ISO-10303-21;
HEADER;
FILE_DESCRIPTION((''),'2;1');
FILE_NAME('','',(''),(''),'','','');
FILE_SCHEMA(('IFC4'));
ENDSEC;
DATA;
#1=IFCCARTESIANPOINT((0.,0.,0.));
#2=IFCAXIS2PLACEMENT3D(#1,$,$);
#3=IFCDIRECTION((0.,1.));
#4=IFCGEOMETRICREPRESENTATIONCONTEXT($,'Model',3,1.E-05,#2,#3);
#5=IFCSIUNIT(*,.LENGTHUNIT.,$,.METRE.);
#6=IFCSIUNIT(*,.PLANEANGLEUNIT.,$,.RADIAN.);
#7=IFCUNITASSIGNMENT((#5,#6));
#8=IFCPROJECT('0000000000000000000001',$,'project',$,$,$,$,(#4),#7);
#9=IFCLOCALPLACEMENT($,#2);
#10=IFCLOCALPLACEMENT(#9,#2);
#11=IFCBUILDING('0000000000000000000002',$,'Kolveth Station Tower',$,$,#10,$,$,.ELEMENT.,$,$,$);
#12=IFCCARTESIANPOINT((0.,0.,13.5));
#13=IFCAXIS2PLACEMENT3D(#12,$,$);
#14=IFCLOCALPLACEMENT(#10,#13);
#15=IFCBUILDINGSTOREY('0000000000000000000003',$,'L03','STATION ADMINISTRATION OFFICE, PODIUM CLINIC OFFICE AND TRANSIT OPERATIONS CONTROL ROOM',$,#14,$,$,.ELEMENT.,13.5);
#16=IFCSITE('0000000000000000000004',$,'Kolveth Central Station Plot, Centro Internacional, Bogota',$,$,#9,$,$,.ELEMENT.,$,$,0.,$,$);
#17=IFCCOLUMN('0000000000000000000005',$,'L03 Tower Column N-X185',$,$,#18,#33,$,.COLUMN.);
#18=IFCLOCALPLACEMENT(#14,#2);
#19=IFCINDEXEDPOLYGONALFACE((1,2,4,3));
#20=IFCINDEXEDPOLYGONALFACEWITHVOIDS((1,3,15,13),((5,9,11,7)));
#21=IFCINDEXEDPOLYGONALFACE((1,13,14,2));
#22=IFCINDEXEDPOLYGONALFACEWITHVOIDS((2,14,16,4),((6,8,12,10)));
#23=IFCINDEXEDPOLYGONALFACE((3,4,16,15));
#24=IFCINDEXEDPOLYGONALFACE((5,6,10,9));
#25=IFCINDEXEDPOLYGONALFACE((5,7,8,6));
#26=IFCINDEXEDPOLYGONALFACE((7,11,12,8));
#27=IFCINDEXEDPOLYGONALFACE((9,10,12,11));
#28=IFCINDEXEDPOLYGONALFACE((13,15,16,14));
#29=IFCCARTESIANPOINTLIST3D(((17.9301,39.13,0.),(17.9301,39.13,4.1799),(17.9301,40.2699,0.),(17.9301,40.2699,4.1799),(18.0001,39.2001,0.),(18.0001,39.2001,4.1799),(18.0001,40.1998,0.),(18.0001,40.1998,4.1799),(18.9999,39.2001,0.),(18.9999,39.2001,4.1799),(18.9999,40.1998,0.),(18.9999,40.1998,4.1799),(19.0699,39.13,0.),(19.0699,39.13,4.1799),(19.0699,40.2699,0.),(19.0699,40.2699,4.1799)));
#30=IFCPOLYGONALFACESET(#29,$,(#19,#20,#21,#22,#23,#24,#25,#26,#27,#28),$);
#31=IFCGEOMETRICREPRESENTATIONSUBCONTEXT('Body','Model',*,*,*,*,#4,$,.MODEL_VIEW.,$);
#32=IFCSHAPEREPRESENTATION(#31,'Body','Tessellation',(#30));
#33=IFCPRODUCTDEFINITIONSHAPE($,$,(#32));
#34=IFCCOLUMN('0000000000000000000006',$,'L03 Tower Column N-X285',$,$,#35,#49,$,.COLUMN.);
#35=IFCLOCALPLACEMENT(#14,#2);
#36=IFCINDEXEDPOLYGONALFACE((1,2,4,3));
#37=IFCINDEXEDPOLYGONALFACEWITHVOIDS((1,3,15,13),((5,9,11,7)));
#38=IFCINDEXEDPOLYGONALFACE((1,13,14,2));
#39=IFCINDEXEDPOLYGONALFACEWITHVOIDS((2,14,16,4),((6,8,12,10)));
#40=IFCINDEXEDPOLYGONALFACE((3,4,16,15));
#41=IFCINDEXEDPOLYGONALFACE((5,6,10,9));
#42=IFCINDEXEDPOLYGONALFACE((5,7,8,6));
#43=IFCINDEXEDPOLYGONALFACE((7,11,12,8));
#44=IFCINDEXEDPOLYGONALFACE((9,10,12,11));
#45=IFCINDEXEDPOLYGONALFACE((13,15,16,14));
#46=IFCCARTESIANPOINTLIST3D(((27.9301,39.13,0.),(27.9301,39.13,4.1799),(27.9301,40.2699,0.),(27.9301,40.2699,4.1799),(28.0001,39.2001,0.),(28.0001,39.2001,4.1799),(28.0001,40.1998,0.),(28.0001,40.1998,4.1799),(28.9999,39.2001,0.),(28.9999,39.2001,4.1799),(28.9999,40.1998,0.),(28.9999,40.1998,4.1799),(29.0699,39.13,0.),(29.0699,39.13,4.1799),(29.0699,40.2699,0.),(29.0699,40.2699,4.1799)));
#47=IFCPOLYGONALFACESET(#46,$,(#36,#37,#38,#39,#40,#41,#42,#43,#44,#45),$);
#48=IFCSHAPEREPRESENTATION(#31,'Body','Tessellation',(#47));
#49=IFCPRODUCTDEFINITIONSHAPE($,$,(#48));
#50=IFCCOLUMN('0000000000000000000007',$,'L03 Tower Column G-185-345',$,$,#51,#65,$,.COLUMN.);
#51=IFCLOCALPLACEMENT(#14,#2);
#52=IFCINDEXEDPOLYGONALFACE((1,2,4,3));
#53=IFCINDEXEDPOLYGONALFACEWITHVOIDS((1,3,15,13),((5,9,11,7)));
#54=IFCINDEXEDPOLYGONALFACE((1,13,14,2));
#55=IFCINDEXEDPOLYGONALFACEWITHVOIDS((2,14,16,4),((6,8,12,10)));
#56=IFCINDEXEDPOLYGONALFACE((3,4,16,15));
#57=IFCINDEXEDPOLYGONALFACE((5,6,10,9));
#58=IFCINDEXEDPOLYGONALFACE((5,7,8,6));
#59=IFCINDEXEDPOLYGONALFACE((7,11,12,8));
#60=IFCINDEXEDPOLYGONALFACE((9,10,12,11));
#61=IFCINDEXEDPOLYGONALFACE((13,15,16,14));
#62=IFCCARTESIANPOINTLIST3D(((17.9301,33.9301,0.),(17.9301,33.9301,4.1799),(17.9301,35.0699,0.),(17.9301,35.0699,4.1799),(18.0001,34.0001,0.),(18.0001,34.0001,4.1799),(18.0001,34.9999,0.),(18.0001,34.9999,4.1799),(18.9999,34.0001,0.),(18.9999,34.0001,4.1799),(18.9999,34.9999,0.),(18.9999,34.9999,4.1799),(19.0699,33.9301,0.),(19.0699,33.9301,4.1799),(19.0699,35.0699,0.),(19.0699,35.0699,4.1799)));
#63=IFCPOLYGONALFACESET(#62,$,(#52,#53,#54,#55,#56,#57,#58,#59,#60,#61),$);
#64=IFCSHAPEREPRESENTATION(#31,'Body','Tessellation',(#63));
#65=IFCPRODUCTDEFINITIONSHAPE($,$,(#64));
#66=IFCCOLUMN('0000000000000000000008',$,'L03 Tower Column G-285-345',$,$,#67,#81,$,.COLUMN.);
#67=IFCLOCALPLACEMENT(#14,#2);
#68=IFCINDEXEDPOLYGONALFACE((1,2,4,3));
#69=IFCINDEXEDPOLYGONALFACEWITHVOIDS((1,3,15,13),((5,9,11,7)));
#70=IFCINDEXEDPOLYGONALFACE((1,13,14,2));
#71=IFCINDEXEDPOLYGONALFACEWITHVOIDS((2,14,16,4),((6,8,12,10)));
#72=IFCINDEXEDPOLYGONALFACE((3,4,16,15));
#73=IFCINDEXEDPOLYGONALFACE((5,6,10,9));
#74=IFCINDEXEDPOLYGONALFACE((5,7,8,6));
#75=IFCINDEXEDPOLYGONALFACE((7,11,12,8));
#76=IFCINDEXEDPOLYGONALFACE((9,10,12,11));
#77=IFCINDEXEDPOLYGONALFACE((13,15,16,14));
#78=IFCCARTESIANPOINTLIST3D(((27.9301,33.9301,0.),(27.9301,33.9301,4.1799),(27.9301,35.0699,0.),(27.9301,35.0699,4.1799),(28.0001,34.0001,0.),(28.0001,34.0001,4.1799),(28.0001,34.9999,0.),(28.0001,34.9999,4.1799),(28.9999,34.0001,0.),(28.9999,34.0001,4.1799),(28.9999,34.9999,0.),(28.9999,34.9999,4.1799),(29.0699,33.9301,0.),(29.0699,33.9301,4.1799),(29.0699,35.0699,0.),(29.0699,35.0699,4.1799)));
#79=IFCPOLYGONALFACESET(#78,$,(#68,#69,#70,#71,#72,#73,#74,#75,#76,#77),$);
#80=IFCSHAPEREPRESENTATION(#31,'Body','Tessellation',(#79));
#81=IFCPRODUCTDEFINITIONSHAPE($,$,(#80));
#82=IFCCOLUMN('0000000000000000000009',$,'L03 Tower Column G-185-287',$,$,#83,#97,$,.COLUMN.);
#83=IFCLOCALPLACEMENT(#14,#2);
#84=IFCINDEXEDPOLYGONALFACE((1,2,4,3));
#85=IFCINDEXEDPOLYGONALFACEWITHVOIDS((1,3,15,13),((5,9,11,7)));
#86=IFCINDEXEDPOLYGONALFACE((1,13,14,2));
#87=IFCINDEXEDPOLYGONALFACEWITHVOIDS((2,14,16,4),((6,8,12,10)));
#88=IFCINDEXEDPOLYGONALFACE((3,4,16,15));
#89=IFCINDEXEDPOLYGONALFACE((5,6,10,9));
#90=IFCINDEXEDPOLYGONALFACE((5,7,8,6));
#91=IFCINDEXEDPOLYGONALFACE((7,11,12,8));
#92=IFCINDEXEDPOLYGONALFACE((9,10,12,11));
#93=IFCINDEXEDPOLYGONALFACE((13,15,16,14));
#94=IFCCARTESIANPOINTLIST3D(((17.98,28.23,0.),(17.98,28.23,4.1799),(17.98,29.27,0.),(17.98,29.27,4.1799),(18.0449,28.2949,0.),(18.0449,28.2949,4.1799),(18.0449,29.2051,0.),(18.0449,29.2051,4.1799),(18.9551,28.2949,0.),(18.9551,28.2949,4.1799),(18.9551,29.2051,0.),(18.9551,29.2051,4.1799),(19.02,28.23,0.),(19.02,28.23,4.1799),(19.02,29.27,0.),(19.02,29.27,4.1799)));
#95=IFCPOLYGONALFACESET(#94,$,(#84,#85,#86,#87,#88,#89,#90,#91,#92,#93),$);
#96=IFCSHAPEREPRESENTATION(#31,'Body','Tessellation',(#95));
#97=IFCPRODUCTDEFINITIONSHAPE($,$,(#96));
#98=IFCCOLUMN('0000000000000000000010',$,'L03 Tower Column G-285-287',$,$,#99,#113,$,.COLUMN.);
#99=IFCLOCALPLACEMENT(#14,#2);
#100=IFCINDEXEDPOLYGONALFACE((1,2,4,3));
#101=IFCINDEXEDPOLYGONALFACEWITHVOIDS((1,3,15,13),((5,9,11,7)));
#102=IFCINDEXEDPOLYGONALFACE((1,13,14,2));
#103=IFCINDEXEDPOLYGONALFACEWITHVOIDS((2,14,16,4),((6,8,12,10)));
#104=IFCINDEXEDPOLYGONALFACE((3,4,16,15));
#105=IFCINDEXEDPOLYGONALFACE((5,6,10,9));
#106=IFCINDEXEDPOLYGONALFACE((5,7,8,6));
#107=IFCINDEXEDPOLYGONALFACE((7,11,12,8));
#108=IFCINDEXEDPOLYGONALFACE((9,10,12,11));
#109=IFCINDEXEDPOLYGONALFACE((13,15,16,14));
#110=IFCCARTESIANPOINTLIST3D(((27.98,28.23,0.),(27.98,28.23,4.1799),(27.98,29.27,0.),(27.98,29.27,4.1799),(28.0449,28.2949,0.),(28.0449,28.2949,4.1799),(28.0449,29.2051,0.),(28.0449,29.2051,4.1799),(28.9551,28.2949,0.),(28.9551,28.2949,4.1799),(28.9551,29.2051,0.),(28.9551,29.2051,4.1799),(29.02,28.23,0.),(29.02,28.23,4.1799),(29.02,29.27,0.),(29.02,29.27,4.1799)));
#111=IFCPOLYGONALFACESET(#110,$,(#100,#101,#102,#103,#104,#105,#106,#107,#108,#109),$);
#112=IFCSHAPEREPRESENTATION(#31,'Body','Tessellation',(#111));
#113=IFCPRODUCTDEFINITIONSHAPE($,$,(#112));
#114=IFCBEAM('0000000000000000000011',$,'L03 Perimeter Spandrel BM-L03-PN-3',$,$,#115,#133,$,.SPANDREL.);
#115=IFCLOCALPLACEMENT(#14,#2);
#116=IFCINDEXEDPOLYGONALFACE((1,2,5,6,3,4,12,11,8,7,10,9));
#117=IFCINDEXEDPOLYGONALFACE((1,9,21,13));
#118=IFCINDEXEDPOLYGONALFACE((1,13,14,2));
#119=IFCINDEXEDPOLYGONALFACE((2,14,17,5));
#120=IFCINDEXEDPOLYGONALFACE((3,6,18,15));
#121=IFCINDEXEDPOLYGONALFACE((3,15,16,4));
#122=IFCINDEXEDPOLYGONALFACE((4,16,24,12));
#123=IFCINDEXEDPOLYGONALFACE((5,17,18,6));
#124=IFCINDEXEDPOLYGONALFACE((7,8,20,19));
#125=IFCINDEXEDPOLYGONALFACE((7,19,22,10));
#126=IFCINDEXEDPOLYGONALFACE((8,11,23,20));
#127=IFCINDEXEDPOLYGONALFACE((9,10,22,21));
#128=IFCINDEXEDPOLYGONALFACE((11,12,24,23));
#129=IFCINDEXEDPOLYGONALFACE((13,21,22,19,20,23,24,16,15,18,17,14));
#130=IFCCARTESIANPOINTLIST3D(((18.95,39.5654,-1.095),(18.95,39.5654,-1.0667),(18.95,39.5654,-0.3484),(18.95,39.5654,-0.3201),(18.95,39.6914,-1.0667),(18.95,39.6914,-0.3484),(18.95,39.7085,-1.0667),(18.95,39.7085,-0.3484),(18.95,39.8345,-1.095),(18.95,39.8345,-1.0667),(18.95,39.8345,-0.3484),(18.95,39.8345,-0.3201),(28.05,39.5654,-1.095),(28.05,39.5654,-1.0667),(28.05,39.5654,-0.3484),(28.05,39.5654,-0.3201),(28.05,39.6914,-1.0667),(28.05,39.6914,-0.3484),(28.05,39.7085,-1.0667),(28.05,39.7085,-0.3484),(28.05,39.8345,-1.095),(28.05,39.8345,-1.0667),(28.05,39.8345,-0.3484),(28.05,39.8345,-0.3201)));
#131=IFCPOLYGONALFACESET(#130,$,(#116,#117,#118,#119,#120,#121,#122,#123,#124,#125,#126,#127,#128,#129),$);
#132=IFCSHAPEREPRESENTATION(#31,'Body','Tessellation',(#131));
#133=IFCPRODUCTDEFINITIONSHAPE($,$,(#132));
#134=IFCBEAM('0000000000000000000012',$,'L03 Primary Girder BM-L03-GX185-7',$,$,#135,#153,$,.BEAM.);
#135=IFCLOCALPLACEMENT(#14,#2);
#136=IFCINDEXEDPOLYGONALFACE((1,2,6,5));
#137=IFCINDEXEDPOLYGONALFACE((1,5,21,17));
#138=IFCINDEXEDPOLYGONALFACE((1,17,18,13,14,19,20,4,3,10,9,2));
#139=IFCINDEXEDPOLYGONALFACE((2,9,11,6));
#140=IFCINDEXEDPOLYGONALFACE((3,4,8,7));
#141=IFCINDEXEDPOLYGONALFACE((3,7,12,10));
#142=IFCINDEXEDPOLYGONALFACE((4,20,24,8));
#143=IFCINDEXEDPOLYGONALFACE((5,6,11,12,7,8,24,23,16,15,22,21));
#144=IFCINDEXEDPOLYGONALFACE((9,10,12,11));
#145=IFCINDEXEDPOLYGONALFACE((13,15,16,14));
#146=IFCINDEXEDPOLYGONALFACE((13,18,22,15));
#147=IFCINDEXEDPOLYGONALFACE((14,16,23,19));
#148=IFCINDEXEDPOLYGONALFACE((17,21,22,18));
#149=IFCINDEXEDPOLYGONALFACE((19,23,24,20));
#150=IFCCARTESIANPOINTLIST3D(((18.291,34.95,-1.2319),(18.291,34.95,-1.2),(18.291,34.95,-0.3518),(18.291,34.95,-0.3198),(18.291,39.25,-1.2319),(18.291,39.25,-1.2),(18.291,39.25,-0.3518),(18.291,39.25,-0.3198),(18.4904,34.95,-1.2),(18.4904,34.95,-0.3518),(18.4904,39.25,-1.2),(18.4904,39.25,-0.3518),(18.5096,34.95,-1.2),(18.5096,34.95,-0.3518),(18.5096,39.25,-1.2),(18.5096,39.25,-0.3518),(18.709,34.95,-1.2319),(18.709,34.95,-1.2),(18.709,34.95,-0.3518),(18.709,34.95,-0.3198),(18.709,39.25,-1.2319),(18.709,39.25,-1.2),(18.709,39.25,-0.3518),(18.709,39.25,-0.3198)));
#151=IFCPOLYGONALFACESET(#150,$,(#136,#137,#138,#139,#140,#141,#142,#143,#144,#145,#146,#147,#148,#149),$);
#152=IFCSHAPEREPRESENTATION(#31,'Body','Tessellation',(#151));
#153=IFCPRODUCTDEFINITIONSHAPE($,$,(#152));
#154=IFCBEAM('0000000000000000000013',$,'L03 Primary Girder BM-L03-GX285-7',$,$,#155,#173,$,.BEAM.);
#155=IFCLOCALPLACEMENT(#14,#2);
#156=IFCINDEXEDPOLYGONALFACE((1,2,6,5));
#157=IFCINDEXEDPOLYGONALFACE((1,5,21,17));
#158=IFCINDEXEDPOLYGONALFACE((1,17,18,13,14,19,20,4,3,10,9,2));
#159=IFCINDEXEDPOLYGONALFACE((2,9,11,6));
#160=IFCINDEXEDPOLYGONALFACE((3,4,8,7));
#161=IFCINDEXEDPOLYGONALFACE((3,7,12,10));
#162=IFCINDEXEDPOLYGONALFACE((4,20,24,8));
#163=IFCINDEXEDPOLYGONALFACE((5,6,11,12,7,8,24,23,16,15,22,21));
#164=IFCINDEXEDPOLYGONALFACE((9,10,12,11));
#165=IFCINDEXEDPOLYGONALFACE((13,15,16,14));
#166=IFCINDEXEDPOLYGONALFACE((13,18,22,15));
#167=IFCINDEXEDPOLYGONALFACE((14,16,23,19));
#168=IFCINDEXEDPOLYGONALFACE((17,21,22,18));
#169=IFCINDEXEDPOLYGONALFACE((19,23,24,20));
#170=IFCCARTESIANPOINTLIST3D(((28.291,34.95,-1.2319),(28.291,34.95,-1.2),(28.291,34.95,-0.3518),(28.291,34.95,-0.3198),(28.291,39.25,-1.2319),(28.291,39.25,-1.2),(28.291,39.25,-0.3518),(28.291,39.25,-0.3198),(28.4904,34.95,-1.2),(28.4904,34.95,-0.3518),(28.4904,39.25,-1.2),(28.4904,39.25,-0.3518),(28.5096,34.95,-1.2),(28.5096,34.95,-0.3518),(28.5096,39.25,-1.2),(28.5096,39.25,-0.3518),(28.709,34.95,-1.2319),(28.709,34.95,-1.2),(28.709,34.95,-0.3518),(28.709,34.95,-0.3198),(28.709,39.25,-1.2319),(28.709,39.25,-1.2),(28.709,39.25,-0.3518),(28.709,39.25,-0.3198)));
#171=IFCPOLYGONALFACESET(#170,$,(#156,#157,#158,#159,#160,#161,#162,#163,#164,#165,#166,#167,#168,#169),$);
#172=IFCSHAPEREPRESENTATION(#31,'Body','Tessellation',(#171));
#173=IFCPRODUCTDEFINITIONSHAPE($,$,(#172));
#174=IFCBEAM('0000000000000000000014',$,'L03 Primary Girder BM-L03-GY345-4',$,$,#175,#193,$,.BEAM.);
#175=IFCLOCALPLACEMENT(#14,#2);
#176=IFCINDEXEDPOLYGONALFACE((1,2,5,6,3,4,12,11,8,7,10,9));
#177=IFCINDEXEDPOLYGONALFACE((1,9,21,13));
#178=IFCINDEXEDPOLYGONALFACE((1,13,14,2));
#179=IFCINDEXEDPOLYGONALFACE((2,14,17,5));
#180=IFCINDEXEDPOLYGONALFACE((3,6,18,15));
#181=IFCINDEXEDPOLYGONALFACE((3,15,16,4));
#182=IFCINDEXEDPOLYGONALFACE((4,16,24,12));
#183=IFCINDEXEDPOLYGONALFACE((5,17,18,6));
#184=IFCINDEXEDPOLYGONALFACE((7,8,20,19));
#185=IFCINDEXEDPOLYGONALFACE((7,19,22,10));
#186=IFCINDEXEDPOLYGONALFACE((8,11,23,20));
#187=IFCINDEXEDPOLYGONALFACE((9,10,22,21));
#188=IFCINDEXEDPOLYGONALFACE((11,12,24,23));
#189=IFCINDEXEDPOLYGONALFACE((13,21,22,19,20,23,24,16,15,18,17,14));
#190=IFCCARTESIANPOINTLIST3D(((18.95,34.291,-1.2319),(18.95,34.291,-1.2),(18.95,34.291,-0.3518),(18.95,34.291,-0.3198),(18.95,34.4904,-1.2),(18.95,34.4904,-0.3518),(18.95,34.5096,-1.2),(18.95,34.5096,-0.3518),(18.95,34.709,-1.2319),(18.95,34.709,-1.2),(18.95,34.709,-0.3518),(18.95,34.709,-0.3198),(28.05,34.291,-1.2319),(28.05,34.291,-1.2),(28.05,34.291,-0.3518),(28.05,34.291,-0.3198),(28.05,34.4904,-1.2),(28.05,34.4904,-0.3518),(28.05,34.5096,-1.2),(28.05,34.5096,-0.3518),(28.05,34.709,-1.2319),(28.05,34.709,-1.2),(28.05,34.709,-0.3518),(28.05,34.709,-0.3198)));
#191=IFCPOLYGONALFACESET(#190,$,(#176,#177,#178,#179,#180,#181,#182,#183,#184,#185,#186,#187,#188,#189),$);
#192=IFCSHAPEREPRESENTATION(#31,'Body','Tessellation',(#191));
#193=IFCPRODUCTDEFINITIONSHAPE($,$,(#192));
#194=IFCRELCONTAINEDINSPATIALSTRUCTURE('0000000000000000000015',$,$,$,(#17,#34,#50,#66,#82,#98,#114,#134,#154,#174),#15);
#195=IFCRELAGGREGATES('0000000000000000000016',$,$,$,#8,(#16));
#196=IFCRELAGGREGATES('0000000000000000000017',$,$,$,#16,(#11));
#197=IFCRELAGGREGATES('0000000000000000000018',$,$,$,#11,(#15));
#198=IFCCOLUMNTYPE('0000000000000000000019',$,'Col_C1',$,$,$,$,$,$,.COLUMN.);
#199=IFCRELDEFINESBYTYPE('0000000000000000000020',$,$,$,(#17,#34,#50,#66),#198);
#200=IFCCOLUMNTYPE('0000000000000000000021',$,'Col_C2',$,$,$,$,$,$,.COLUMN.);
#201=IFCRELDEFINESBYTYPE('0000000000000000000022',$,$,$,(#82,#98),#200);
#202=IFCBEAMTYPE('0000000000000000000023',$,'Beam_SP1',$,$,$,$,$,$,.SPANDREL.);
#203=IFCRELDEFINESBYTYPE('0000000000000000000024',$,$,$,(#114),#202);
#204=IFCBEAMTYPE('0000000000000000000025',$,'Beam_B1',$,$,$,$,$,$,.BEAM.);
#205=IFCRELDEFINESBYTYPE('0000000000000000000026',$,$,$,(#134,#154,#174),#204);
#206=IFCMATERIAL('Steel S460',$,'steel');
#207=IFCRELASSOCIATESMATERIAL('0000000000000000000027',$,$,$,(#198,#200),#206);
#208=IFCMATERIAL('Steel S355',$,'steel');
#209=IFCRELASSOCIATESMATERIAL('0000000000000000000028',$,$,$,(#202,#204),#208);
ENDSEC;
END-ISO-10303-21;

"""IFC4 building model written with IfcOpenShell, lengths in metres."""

from ifc_helpers import new_model, si_unit, direction, frame, origin, origin_2d, place, context, subcontext, project, spatial, hollow_rectangle, i_section, extrude, source, transform, mapped, material, material_profile, profile_set, type_object, element, save


model = new_model("IFC4")

# Units and contexts
model_context = context("Model", 3, precision=1e-05, world=origin(), true_north=direction((0.0, 1.0)))
body_context = subcontext(model_context, "Body", "Model", "MODEL_VIEW")
ifc_project = project(units=[si_unit("LENGTHUNIT", "METRE"), si_unit("PLANEANGLEUNIT", "RADIAN")], contexts=[model_context])

# Site, building, storey
site_placement = place(None, origin())
site = spatial("IfcSite", under=ifc_project, at=site_placement, Name="Kolveth Central Station Plot, Centro Internacional, Bogota", CompositionType="ELEMENT", RefElevation=0.0)
building_placement = place(site_placement, origin())
building = spatial("IfcBuilding", under=site, at=building_placement, Name="Kolveth Station Tower", CompositionType="ELEMENT")
storey_placement = place(building_placement, frame((0.0, 0.0, 13.5)))
storey = spatial("IfcBuildingStorey", under=building, at=storey_placement, Name="L03", Description="STATION ADMINISTRATION OFFICE, PODIUM CLINIC OFFICE AND TRANSIT OPERATIONS CONTROL ROOM", CompositionType="ELEMENT", Elevation=13.5)

# Columns
ifc_material_1 = material(Name="Steel S460", Category="steel")
ifc_material_profile_1 = material_profile(ifc_material_1, hollow_rectangle(XDim=1.1399, YDim=1.1399, WallThickness=0.0701, at=origin_2d()), Name="BOX1140x1140x70")
ifc_profile_set_1 = profile_set([ifc_material_profile_1], Name="Steel S460")
column_type_1 = type_object("IfcColumnType", Name="Col_C1", PredefinedType="COLUMN", material=ifc_profile_set_1)
shared_shape_1 = source(origin(), body_context, "Body", "SweptSolid", [
    extrude(hollow_rectangle(XDim=1.1399, YDim=1.1399, WallThickness=0.0701, at=origin_2d()), origin(), (0.0, 0.0, 1.0), 4.1799),
])
for number, where, z_axis, x_axis, name in (
    (1, (18.5, 39.7, 0.0), (0.0, 0.0, 1.0), (1.0, 0.0, 0.0), "L03 Tower Column N-X185"),
    (2, (28.5, 39.7, 0.0), (0.0, 0.0, 1.0), (1.0, 0.0, 0.0), "L03 Tower Column N-X285"),
    (3, (18.5, 34.5, 0.0), (0.0, 0.0, 1.0), (1.0, 0.0, 0.0), "L03 Tower Column G-185-345"),
    (4, (28.5, 34.5, 0.0), (0.0, 0.0, 1.0), (1.0, 0.0, 0.0), "L03 Tower Column G-285-345"),
):
    element("IfcColumn", number, at=place(storey_placement, frame(where, z_axis=z_axis, x_axis=x_axis)), inside=storey, type_object=column_type_1, Name=name, PredefinedType="COLUMN", context=body_context, shape_type="MappedRepresentation", body=[
        mapped(shared_shape_1, transform((0.0, 0.0, 0.0), x_axis=(1.0, 0.0, 0.0), y_axis=(0.0, 1.0, 0.0), z_axis=(0.0, 0.0, 1.0), scale=1.0)),
    ])
ifc_material_profile_2 = material_profile(ifc_material_1, hollow_rectangle(XDim=1.04, YDim=1.04, WallThickness=0.0649, at=origin_2d()), Name="BOX1040x1040x65")
ifc_profile_set_2 = profile_set([ifc_material_profile_2], Name="Steel S460")
column_type_2 = type_object("IfcColumnType", Name="Col_C2", PredefinedType="COLUMN", material=ifc_profile_set_2)
shared_shape_2 = source(origin(), body_context, "Body", "SweptSolid", [
    extrude(hollow_rectangle(XDim=1.04, YDim=1.04, WallThickness=0.0649, at=origin_2d()), origin(), (0.0, 0.0, 1.0), 4.1799),
])
for number, where, z_axis, x_axis, name in (
    (5, (18.5, 28.75, 0.0), (0.0, 0.0, 1.0), (1.0, 0.0, 0.0), "L03 Tower Column G-185-287"),
    (6, (28.5, 28.75, 0.0), (0.0, 0.0, 1.0), (1.0, 0.0, 0.0), "L03 Tower Column G-285-287"),
):
    element("IfcColumn", number, at=place(storey_placement, frame(where, z_axis=z_axis, x_axis=x_axis)), inside=storey, type_object=column_type_2, Name=name, PredefinedType="COLUMN", context=body_context, shape_type="MappedRepresentation", body=[
        mapped(shared_shape_2, transform((0.0, 0.0, 0.0), x_axis=(1.0, 0.0, 0.0), y_axis=(0.0, 1.0, 0.0), z_axis=(0.0, 0.0, 1.0), scale=1.0)),
    ])

# Beams
ifc_material_2 = material(Name="Steel S355", Category="steel")
ifc_material_profile_3 = material_profile(ifc_material_2, i_section(OverallWidth=0.269, OverallDepth=0.7749, WebThickness=0.0171, FlangeThickness=0.0283, at=origin_2d()), Name="W760x220")
ifc_profile_set_3 = profile_set([ifc_material_profile_3], Name="Steel S355")
beam_type_1 = type_object("IfcBeamType", Name="Beam_SP1", PredefinedType="SPANDREL", material=ifc_profile_set_3)
shared_shape_3 = source(origin(), body_context, "Body", "SweptSolid", [
    extrude(i_section(OverallWidth=0.269, OverallDepth=0.7749, WebThickness=0.0171, FlangeThickness=0.0283, at=origin_2d()), origin(), (0.0, 0.0, 1.0), 9.1001),
])
beam_1_placement = place(storey_placement, frame((18.95, 39.7, -0.7075), z_axis=(1.0, 0.0, 0.0), x_axis=(0.0, 1.0, 0.0)))
element("IfcBeam", 7, at=beam_1_placement, inside=storey, type_object=beam_type_1, Name="L03 Perimeter Spandrel BM-L03-PN-3", PredefinedType="SPANDREL", context=body_context, shape_type="MappedRepresentation", body=[
    mapped(shared_shape_3, transform((0.0, 0.0, 0.0), x_axis=(1.0, 0.0, 0.0), y_axis=(0.0, 1.0, 0.0), z_axis=(0.0, 0.0, 1.0), scale=1.0)),
])
ifc_material_profile_4 = material_profile(ifc_material_2, i_section(OverallWidth=0.418, OverallDepth=0.9121, WebThickness=0.0193, FlangeThickness=0.032, at=origin_2d()), Name="W920x342")
ifc_profile_set_4 = profile_set([ifc_material_profile_4], Name="Steel S355")
beam_type_2 = type_object("IfcBeamType", Name="Beam_B1", PredefinedType="BEAM", material=ifc_profile_set_4)
shared_shape_4 = source(origin(), body_context, "Body", "SweptSolid", [
    extrude(i_section(OverallWidth=0.418, OverallDepth=0.9121, WebThickness=0.0193, FlangeThickness=0.032, at=origin_2d()), origin(), (0.0, 0.0, 1.0), 4.3),
])
for number, where, z_axis, x_axis, name in (
    (8, (18.5, 34.95, -0.7759), (0.0, 1.0, 0.0), (-1.0, 0.0, 0.0), "L03 Primary Girder BM-L03-GX185-7"),
    (9, (28.5, 34.95, -0.7759), (0.0, 1.0, 0.0), (-1.0, 0.0, 0.0), "L03 Primary Girder BM-L03-GX285-7"),
):
    element("IfcBeam", number, at=place(storey_placement, frame(where, z_axis=z_axis, x_axis=x_axis)), inside=storey, type_object=beam_type_2, Name=name, PredefinedType="BEAM", context=body_context, shape_type="MappedRepresentation", body=[
        mapped(shared_shape_4, transform((0.0, 0.0, 0.0), x_axis=(1.0, 0.0, 0.0), y_axis=(0.0, 1.0, 0.0), z_axis=(0.0, 0.0, 1.0), scale=1.0)),
    ])
shared_shape_5 = source(origin(), body_context, "Body", "SweptSolid", [
    extrude(i_section(OverallWidth=0.418, OverallDepth=0.9121, WebThickness=0.0193, FlangeThickness=0.032, at=origin_2d()), origin(), (0.0, 0.0, 1.0), 9.1001),
])
beam_2_placement = place(storey_placement, frame((18.95, 34.5, -0.7759), z_axis=(1.0, 0.0, 0.0), x_axis=(0.0, 1.0, 0.0)))
element("IfcBeam", 10, at=beam_2_placement, inside=storey, type_object=beam_type_2, Name="L03 Primary Girder BM-L03-GY345-4", PredefinedType="BEAM", context=body_context, shape_type="MappedRepresentation", body=[
    mapped(shared_shape_5, transform((0.0, 0.0, 0.0), x_axis=(1.0, 0.0, 0.0), y_axis=(0.0, 1.0, 0.0), z_axis=(0.0, 0.0, 1.0), scale=1.0)),
])

save(model, "model.ifc")
